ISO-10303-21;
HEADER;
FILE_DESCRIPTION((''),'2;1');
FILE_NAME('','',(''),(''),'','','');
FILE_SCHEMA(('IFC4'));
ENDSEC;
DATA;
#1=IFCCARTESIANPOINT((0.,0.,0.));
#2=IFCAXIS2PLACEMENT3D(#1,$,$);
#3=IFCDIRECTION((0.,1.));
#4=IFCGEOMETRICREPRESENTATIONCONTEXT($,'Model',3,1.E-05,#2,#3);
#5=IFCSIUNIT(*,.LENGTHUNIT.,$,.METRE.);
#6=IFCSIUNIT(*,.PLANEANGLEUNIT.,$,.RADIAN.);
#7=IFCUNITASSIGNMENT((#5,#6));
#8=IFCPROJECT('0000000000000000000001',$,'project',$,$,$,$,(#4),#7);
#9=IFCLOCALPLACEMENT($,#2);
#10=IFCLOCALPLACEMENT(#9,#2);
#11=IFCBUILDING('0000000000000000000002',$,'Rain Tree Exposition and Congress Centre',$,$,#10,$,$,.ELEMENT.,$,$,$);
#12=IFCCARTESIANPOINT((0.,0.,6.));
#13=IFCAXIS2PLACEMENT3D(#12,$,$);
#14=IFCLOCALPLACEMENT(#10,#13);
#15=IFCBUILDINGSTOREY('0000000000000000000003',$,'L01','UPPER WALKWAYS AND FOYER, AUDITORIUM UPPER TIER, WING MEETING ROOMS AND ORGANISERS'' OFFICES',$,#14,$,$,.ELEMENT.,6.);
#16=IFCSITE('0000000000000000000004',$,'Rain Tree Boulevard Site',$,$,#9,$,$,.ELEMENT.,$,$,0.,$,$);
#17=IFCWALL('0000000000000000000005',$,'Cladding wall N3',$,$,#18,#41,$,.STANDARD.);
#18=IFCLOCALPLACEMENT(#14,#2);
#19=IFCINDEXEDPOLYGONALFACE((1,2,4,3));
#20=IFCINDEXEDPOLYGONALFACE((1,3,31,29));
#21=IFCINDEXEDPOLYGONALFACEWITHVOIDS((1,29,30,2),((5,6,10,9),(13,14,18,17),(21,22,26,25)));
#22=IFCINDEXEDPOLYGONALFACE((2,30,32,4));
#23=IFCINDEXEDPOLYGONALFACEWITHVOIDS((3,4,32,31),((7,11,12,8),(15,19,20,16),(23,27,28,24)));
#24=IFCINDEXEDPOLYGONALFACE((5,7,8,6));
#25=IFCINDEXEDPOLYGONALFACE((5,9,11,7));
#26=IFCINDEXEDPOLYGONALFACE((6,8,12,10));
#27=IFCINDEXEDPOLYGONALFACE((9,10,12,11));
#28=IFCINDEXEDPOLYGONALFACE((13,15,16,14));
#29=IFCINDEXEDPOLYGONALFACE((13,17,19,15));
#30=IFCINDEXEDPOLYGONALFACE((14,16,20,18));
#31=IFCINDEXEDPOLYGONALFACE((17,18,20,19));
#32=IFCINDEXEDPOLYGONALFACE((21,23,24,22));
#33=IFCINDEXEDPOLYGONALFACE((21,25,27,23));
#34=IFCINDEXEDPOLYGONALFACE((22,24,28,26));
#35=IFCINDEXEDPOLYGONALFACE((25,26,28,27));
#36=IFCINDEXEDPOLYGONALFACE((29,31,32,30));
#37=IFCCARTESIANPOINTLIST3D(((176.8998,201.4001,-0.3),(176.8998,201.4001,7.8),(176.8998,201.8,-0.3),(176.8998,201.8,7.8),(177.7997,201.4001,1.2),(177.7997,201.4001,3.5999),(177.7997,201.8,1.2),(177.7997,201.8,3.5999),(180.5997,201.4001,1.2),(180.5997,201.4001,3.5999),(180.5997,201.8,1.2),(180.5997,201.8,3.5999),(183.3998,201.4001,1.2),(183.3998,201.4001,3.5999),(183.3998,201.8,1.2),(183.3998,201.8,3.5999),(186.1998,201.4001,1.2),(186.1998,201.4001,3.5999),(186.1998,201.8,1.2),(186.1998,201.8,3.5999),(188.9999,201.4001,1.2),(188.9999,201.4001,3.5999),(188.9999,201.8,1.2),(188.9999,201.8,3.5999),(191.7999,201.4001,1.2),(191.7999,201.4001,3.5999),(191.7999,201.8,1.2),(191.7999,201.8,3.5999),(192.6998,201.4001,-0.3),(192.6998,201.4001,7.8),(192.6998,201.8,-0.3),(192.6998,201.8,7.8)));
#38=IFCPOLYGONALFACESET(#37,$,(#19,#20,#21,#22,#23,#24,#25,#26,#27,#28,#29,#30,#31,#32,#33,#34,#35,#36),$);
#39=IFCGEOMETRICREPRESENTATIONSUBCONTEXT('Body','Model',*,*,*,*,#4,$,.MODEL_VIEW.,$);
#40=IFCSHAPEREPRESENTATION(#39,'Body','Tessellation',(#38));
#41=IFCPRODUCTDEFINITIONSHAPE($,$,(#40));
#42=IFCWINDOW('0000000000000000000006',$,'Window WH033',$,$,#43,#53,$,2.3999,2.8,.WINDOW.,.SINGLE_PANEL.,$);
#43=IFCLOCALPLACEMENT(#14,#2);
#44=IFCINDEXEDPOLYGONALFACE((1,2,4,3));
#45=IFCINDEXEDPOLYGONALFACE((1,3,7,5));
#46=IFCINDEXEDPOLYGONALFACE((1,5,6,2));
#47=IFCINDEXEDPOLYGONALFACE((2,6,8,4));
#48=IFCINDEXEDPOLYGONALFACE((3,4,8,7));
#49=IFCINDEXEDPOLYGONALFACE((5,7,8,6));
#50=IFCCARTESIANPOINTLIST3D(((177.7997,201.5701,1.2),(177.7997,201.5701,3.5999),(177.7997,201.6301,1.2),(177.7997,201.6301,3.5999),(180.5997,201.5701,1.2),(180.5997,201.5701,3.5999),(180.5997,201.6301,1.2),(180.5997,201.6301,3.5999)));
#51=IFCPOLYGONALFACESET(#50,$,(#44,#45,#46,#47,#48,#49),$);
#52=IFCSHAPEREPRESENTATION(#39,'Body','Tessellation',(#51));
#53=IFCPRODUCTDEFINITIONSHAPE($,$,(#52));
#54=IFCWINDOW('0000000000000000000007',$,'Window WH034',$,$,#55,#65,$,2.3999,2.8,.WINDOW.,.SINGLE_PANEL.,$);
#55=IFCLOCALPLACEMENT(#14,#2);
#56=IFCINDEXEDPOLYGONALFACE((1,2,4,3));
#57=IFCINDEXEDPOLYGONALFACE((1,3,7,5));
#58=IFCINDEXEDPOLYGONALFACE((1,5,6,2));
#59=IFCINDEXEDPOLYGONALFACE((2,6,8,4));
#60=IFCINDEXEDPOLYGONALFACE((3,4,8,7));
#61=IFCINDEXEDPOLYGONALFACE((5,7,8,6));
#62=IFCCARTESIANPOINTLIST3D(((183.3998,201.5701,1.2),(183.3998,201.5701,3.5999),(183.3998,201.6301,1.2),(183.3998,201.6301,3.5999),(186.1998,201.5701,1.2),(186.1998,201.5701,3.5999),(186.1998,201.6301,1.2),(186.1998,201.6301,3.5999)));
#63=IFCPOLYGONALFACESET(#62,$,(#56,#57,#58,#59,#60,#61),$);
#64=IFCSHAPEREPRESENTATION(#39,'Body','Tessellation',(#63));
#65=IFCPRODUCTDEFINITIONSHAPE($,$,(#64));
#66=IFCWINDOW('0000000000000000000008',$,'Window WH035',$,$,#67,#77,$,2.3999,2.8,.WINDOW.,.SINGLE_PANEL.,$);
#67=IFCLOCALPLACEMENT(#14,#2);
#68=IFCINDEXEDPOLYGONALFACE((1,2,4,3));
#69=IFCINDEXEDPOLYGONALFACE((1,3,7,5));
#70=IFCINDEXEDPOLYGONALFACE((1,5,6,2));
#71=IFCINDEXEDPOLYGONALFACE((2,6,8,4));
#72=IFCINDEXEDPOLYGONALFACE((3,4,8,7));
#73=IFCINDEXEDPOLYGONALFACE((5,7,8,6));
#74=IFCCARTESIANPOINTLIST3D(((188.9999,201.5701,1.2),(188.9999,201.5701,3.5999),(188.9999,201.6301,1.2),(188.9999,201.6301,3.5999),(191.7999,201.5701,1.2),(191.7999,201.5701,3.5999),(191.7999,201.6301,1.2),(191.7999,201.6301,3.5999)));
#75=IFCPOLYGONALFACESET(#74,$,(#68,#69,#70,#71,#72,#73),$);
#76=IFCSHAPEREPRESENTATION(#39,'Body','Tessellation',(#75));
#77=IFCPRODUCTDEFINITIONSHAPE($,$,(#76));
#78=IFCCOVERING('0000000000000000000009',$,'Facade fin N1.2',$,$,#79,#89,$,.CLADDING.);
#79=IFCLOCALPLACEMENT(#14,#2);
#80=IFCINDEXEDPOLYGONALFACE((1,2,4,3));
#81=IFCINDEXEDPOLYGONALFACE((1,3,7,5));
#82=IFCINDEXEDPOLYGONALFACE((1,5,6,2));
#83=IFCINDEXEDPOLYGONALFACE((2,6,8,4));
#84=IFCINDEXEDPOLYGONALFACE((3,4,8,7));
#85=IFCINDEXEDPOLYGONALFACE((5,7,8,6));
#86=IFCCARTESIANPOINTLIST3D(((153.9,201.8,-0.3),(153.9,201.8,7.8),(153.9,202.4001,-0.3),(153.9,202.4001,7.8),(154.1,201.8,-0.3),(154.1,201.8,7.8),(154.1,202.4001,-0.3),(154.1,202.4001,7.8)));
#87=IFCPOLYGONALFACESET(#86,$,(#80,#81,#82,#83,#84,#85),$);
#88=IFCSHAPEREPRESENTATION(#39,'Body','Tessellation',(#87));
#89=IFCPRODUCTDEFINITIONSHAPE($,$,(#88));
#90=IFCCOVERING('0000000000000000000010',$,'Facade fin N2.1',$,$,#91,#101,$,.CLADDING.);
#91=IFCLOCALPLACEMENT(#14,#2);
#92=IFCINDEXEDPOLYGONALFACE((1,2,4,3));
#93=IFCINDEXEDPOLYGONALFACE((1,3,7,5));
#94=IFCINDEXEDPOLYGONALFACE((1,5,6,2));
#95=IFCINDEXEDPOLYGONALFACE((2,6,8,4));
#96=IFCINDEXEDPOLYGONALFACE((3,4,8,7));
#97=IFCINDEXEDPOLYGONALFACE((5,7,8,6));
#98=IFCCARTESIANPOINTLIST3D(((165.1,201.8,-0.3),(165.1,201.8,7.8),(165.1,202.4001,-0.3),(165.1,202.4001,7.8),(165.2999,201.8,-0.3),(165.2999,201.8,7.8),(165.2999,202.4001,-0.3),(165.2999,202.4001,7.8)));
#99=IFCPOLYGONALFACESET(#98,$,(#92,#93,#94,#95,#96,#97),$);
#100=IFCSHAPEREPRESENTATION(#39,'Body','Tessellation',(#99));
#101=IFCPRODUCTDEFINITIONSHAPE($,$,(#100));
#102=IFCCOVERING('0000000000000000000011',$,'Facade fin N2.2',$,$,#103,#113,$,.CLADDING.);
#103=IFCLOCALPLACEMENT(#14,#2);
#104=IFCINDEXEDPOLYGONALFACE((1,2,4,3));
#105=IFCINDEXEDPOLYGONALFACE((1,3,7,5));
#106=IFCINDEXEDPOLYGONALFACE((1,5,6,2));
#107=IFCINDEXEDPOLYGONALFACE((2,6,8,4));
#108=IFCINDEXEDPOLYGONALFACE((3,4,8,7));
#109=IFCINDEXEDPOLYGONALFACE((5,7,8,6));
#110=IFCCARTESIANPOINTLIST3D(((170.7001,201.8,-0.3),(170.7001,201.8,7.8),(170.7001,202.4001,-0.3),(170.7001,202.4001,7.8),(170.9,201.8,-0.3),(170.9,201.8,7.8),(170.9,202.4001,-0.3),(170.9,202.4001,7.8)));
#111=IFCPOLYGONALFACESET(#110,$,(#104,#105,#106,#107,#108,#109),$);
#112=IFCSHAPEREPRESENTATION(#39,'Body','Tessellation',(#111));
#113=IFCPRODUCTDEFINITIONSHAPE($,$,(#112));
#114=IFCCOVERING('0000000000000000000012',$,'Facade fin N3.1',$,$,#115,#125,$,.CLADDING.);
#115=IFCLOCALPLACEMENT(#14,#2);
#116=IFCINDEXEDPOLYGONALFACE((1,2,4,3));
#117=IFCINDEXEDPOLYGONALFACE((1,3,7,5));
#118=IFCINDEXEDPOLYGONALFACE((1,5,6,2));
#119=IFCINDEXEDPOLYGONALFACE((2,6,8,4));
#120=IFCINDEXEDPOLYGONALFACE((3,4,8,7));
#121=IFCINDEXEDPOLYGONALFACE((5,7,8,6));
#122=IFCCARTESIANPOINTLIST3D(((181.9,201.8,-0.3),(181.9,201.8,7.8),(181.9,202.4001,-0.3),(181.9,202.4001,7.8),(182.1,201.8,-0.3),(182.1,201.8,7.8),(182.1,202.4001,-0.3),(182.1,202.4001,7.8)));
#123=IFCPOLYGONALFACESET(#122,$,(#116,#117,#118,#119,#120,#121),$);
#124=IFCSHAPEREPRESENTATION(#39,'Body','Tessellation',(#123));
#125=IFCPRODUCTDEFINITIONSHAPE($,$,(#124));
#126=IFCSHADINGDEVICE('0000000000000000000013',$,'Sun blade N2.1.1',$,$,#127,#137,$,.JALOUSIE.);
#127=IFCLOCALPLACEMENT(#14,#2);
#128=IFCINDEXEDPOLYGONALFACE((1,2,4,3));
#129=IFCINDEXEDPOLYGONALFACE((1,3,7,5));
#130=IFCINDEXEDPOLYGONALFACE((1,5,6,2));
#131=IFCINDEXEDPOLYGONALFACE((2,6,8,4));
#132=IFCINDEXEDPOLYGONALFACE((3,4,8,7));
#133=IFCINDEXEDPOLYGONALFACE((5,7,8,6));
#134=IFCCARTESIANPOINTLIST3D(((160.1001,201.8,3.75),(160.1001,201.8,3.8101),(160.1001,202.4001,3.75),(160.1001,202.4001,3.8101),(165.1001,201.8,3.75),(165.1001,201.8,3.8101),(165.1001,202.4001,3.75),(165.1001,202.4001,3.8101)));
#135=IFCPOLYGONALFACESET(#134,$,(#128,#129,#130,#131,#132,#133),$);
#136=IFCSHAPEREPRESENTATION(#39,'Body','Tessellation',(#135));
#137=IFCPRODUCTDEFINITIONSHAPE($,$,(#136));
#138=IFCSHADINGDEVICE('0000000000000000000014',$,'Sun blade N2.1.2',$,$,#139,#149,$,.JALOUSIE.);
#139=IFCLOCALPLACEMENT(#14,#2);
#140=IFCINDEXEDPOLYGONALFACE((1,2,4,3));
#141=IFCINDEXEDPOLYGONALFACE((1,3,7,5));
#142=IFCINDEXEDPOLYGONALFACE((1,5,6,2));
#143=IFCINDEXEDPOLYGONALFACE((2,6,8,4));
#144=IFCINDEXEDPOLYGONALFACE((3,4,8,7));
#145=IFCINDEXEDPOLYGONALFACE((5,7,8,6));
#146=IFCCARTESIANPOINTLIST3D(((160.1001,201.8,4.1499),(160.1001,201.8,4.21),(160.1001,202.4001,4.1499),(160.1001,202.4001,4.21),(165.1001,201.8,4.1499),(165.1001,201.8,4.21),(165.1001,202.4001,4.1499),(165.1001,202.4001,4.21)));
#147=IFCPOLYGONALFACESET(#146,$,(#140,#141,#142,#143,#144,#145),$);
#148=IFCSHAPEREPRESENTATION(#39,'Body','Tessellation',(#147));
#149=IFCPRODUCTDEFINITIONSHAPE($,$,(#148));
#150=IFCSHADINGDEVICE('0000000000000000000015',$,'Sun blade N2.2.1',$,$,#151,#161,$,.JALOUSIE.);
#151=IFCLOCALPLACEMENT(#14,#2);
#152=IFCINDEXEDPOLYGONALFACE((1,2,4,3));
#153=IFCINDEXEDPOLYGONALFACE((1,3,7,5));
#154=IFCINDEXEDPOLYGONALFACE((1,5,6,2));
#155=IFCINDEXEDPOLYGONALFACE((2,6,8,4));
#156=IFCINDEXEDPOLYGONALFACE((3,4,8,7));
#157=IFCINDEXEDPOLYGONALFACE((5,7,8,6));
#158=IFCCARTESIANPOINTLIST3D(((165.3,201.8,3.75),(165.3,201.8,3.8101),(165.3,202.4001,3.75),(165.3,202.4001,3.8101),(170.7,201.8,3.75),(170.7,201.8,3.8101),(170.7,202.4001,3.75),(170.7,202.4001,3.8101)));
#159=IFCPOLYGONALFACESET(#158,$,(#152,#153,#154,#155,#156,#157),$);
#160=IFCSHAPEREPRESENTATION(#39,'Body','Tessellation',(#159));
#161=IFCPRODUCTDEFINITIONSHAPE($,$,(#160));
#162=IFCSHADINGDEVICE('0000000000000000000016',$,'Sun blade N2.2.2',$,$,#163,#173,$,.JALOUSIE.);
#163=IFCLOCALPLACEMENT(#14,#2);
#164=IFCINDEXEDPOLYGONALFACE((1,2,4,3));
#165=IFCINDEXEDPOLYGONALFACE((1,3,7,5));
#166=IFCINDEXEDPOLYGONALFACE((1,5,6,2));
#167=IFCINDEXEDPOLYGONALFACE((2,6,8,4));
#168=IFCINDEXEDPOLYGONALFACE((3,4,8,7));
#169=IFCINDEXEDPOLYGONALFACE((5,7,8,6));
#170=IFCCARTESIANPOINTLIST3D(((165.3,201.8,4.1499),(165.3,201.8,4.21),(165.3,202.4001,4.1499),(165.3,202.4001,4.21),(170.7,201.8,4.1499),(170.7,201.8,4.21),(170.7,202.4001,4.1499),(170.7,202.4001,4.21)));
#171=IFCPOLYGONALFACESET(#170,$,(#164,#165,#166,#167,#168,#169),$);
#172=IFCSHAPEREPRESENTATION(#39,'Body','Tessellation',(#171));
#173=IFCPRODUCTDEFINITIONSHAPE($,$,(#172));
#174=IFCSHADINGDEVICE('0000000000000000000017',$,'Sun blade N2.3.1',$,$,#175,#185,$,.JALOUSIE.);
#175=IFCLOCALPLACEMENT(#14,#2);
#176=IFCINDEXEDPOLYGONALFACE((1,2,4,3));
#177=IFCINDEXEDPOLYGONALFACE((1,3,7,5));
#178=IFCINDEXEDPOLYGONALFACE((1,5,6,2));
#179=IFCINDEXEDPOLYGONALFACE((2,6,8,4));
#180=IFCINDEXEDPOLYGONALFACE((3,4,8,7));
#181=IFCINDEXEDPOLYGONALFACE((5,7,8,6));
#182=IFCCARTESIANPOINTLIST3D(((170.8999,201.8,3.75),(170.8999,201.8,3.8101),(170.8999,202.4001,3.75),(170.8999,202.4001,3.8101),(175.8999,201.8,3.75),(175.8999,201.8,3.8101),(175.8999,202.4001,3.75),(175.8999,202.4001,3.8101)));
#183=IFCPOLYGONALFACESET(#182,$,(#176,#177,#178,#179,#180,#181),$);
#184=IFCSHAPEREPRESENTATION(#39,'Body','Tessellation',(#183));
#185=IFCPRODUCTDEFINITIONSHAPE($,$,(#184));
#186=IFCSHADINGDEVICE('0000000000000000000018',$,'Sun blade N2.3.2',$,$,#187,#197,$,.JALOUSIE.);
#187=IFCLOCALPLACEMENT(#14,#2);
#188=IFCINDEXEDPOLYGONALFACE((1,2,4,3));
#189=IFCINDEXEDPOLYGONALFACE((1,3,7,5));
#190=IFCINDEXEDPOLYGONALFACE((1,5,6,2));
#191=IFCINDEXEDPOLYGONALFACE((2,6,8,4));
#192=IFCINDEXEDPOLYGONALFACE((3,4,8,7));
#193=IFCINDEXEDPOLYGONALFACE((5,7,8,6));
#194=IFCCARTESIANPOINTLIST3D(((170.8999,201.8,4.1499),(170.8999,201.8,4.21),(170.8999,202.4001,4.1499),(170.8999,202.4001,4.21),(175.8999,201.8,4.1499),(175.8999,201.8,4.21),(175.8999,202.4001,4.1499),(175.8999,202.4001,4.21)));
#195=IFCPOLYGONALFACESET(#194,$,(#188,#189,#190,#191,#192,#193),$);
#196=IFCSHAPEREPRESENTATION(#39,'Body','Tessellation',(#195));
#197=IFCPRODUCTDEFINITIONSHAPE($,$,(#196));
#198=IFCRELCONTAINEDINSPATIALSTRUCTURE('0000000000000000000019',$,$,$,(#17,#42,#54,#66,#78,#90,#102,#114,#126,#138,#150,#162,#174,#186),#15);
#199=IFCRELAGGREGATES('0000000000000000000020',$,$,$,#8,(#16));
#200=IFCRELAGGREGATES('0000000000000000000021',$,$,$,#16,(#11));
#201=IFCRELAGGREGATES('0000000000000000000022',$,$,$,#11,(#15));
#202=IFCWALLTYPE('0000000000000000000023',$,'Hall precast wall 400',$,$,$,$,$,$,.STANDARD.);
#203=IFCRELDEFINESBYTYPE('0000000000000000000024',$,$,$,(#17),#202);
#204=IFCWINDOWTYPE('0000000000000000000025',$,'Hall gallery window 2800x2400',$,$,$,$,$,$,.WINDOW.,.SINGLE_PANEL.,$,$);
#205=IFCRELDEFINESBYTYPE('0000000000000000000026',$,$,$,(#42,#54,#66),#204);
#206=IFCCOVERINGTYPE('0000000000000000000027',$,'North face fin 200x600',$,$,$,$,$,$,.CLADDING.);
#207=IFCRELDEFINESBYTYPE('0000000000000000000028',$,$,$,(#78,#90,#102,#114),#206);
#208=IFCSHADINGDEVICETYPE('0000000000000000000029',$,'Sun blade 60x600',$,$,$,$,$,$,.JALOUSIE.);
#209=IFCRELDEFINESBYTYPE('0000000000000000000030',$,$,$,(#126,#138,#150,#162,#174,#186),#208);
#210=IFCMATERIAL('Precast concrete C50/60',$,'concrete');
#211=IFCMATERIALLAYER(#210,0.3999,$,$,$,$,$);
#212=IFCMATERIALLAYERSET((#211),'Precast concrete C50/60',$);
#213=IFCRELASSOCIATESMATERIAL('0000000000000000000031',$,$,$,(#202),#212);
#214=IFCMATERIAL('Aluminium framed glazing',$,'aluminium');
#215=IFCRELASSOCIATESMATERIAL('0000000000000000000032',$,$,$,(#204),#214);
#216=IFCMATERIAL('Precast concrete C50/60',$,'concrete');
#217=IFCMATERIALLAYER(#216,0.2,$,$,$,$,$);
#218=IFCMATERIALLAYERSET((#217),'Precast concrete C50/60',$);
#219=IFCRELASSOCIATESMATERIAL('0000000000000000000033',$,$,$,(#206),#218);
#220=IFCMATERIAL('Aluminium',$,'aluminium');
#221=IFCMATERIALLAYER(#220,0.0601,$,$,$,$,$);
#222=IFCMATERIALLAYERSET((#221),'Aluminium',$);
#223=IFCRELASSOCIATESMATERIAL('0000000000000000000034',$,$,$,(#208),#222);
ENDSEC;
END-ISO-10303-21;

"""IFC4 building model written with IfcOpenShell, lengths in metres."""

from ifc_helpers import new_model, si_unit, direction, frame, frame_2d, origin, origin_2d, place, context, subcontext, project, spatial, rectangle, extrude, material, layer, layer_set, type_object, element, fill, save


model = new_model("IFC4")

# Units and contexts
model_context = context("Model", 3, precision=1e-05, world=origin(), true_north=direction((0.0, 1.0)))
body_context = subcontext(model_context, "Body", "Model", "MODEL_VIEW")
ifc_project = project(units=[si_unit("LENGTHUNIT", "METRE"), si_unit("PLANEANGLEUNIT", "RADIAN")], contexts=[model_context])

# Site, building, storey
site_placement = place(None, origin())
site = spatial("IfcSite", under=ifc_project, at=site_placement, Name="Rain Tree Boulevard Site", CompositionType="ELEMENT", RefElevation=0.0)
building_placement = place(site_placement, origin())
building = spatial("IfcBuilding", under=site, at=building_placement, Name="Rain Tree Exposition and Congress Centre", CompositionType="ELEMENT")
storey_placement = place(building_placement, frame((0.0, 0.0, 6.0)))
storey = spatial("IfcBuildingStorey", under=building, at=storey_placement, Name="L01", Description="UPPER WALKWAYS AND FOYER, AUDITORIUM UPPER TIER, WING MEETING ROOMS AND ORGANISERS' OFFICES", CompositionType="ELEMENT", Elevation=6.0)

# Wall, openings, windows
ifc_material_1 = material(Name="Precast concrete C50/60", Category="concrete")
ifc_layer_1 = layer(ifc_material_1, 0.3999)
ifc_layer_set_1 = layer_set([ifc_layer_1], Name="Precast concrete C50/60")
wall_type_1 = type_object("IfcWallType", Name="Hall precast wall 400", PredefinedType="STANDARD", material=ifc_layer_set_1)
ifc_material_2 = material(Name="Aluminium framed glazing", Category="aluminium")
window_type = type_object("IfcWindowType", Name="Hall gallery window 2800x2400", PartitioningType="SINGLE_PANEL", PredefinedType="WINDOW", material=ifc_material_2)
wall_1_placement = place(storey_placement, frame((176.8999, 201.6001, -0.3), z_axis=(0.0, 0.0, 1.0), x_axis=(1.0, 0.0, 0.0)))
wall_1 = element("IfcWall", 1, at=wall_1_placement, inside=storey, type_object=wall_type_1, Name="Cladding wall N3", PredefinedType="STANDARD", context=body_context, shape_type="SweptSolid", body=[
    extrude(rectangle(XDim=15.8, YDim=0.3999, at=frame_2d((7.8999, 0.0))), origin(), (0.0, 0.0, 1.0), 8.1001),
])
opening_1_placement = place(wall_1_placement, frame((0.8999, 0.0, 1.5)))
opening_1 = element("IfcOpeningElement", 2, at=opening_1_placement, cuts=wall_1, PredefinedType="OPENING", context=body_context, shape_type="SweptSolid", body=[
    extrude(rectangle(XDim=2.8, YDim=2.3999, at=frame_2d((1.3999, 1.2))), frame((0.0, 0.2, 0.0), z_axis=(0.0, -1.0, 0.0), x_axis=(1.0, 0.0, 0.0)), (0.0, 0.0, 1.0), 0.3999),
])
opening_2_placement = place(wall_1_placement, frame((6.5, 0.0, 1.5)))
opening_2 = element("IfcOpeningElement", 3, at=opening_2_placement, cuts=wall_1, PredefinedType="OPENING", context=body_context, shape_type="SweptSolid", body=[
    extrude(rectangle(XDim=2.8, YDim=2.3999, at=frame_2d((1.3999, 1.2))), frame((0.0, 0.2, 0.0), z_axis=(0.0, -1.0, 0.0), x_axis=(1.0, 0.0, 0.0)), (0.0, 0.0, 1.0), 0.3999),
])
opening_3_placement = place(wall_1_placement, frame((12.1001, 0.0, 1.5)))
opening_3 = element("IfcOpeningElement", 4, at=opening_3_placement, cuts=wall_1, PredefinedType="OPENING", context=body_context, shape_type="SweptSolid", body=[
    extrude(rectangle(XDim=2.8, YDim=2.3999, at=frame_2d((1.3999, 1.2))), frame((0.0, 0.2, 0.0), z_axis=(0.0, -1.0, 0.0), x_axis=(1.0, 0.0, 0.0)), (0.0, 0.0, 1.0), 0.3999),
])
window_1_placement = place(opening_1_placement, origin())
window_1 = element("IfcWindow", 5, at=window_1_placement, inside=storey, type_object=window_type, Name="Window WH033", OverallHeight=2.3999, OverallWidth=2.8, PartitioningType="SINGLE_PANEL", PredefinedType="WINDOW", context=body_context, shape_type="SweptSolid", body=[
    extrude(rectangle(XDim=2.8, YDim=2.3999, at=frame_2d((1.3999, 1.2))), frame((0.0, 0.03, 0.0), z_axis=(0.0, -1.0, 0.0), x_axis=(1.0, 0.0, 0.0)), (0.0, 0.0, 1.0), 0.0601),
])
fill(opening_1, window_1)
window_2_placement = place(opening_2_placement, origin())
window_2 = element("IfcWindow", 6, at=window_2_placement, inside=storey, type_object=window_type, Name="Window WH034", OverallHeight=2.3999, OverallWidth=2.8, PartitioningType="SINGLE_PANEL", PredefinedType="WINDOW", context=body_context, shape_type="SweptSolid", body=[
    extrude(rectangle(XDim=2.8, YDim=2.3999, at=frame_2d((1.3999, 1.2))), frame((0.0, 0.03, 0.0), z_axis=(0.0, -1.0, 0.0), x_axis=(1.0, 0.0, 0.0)), (0.0, 0.0, 1.0), 0.0601),
])
fill(opening_2, window_2)
window_3_placement = place(opening_3_placement, origin())
window_3 = element("IfcWindow", 7, at=window_3_placement, inside=storey, type_object=window_type, Name="Window WH035", OverallHeight=2.3999, OverallWidth=2.8, PartitioningType="SINGLE_PANEL", PredefinedType="WINDOW", context=body_context, shape_type="SweptSolid", body=[
    extrude(rectangle(XDim=2.8, YDim=2.3999, at=frame_2d((1.3999, 1.2))), frame((0.0, 0.03, 0.0), z_axis=(0.0, -1.0, 0.0), x_axis=(1.0, 0.0, 0.0)), (0.0, 0.0, 1.0), 0.0601),
])
fill(opening_3, window_3)

# Coverings
ifc_material_3 = material(Name="Precast concrete C50/60", Category="concrete")
ifc_layer_2 = layer(ifc_material_3, 0.2)
ifc_layer_set_2 = layer_set([ifc_layer_2], Name="Precast concrete C50/60")
covering_type = type_object("IfcCoveringType", Name="North face fin 200x600", PredefinedType="CLADDING", material=ifc_layer_set_2)
for number, where, z_axis, x_axis, name in (
    (8, (154.0, 202.1001, -0.3), (0.0, 0.0, 1.0), (1.0, 0.0, 0.0), "Facade fin N1.2"),
    (9, (165.2, 202.1001, -0.3), (0.0, 0.0, 1.0), (1.0, 0.0, 0.0), "Facade fin N2.1"),
    (10, (170.8, 202.1001, -0.3), (0.0, 0.0, 1.0), (1.0, 0.0, 0.0), "Facade fin N2.2"),
    (11, (182.0, 202.1001, -0.3), (0.0, 0.0, 1.0), (1.0, 0.0, 0.0), "Facade fin N3.1"),
):
    element("IfcCovering", number, at=place(storey_placement, frame(where, z_axis=z_axis, x_axis=x_axis)), inside=storey, type_object=covering_type, Name=name, PredefinedType="CLADDING", context=body_context, shape_type="SweptSolid", body=[
        extrude(rectangle(XDim=0.2, YDim=0.6001, at=origin_2d()), origin(), (0.0, 0.0, 1.0), 8.1001),
    ])

# Shading devices
ifc_material_4 = material(Name="Aluminium", Category="aluminium")
ifc_layer_3 = layer(ifc_material_4, 0.0601)
ifc_layer_set_3 = layer_set([ifc_layer_3], Name="Aluminium")
shading_device_type = type_object("IfcShadingDeviceType", Name="Sun blade 60x600", PredefinedType="JALOUSIE", material=ifc_layer_set_3)
for number, where, z_axis, x_axis, name in (
    (12, (162.6001, 202.1001, 3.75), (0.0, 0.0, 1.0), (1.0, 0.0, 0.0), "Sun blade N2.1.1"),
    (13, (162.6001, 202.1001, 4.1499), (0.0, 0.0, 1.0), (1.0, 0.0, 0.0), "Sun blade N2.1.2"),
):
    element("IfcShadingDevice", number, at=place(storey_placement, frame(where, z_axis=z_axis, x_axis=x_axis)), inside=storey, type_object=shading_device_type, Name=name, PredefinedType="JALOUSIE", context=body_context, shape_type="SweptSolid", body=[
        extrude(rectangle(XDim=5.0, YDim=0.6001, at=origin_2d()), origin(), (0.0, 0.0, 1.0), 0.0601),
    ])
for number, where, z_axis, x_axis, name in (
    (14, (168.0, 202.1001, 3.75), (0.0, 0.0, 1.0), (1.0, 0.0, 0.0), "Sun blade N2.2.1"),
    (15, (168.0, 202.1001, 4.1499), (0.0, 0.0, 1.0), (1.0, 0.0, 0.0), "Sun blade N2.2.2"),
):
    element("IfcShadingDevice", number, at=place(storey_placement, frame(where, z_axis=z_axis, x_axis=x_axis)), inside=storey, type_object=shading_device_type, Name=name, PredefinedType="JALOUSIE", context=body_context, shape_type="SweptSolid", body=[
        extrude(rectangle(XDim=5.3999, YDim=0.6001, at=origin_2d()), origin(), (0.0, 0.0, 1.0), 0.0601),
    ])
for number, where, z_axis, x_axis, name in (
    (16, (173.3999, 202.1001, 3.75), (0.0, 0.0, 1.0), (1.0, 0.0, 0.0), "Sun blade N2.3.1"),
    (17, (173.3999, 202.1001, 4.1499), (0.0, 0.0, 1.0), (1.0, 0.0, 0.0), "Sun blade N2.3.2"),
):
    element("IfcShadingDevice", number, at=place(storey_placement, frame(where, z_axis=z_axis, x_axis=x_axis)), inside=storey, type_object=shading_device_type, Name=name, PredefinedType="JALOUSIE", context=body_context, shape_type="SweptSolid", body=[
        extrude(rectangle(XDim=5.0, YDim=0.6001, at=origin_2d()), origin(), (0.0, 0.0, 1.0), 0.0601),
    ])

save(model, "model.ifc")
